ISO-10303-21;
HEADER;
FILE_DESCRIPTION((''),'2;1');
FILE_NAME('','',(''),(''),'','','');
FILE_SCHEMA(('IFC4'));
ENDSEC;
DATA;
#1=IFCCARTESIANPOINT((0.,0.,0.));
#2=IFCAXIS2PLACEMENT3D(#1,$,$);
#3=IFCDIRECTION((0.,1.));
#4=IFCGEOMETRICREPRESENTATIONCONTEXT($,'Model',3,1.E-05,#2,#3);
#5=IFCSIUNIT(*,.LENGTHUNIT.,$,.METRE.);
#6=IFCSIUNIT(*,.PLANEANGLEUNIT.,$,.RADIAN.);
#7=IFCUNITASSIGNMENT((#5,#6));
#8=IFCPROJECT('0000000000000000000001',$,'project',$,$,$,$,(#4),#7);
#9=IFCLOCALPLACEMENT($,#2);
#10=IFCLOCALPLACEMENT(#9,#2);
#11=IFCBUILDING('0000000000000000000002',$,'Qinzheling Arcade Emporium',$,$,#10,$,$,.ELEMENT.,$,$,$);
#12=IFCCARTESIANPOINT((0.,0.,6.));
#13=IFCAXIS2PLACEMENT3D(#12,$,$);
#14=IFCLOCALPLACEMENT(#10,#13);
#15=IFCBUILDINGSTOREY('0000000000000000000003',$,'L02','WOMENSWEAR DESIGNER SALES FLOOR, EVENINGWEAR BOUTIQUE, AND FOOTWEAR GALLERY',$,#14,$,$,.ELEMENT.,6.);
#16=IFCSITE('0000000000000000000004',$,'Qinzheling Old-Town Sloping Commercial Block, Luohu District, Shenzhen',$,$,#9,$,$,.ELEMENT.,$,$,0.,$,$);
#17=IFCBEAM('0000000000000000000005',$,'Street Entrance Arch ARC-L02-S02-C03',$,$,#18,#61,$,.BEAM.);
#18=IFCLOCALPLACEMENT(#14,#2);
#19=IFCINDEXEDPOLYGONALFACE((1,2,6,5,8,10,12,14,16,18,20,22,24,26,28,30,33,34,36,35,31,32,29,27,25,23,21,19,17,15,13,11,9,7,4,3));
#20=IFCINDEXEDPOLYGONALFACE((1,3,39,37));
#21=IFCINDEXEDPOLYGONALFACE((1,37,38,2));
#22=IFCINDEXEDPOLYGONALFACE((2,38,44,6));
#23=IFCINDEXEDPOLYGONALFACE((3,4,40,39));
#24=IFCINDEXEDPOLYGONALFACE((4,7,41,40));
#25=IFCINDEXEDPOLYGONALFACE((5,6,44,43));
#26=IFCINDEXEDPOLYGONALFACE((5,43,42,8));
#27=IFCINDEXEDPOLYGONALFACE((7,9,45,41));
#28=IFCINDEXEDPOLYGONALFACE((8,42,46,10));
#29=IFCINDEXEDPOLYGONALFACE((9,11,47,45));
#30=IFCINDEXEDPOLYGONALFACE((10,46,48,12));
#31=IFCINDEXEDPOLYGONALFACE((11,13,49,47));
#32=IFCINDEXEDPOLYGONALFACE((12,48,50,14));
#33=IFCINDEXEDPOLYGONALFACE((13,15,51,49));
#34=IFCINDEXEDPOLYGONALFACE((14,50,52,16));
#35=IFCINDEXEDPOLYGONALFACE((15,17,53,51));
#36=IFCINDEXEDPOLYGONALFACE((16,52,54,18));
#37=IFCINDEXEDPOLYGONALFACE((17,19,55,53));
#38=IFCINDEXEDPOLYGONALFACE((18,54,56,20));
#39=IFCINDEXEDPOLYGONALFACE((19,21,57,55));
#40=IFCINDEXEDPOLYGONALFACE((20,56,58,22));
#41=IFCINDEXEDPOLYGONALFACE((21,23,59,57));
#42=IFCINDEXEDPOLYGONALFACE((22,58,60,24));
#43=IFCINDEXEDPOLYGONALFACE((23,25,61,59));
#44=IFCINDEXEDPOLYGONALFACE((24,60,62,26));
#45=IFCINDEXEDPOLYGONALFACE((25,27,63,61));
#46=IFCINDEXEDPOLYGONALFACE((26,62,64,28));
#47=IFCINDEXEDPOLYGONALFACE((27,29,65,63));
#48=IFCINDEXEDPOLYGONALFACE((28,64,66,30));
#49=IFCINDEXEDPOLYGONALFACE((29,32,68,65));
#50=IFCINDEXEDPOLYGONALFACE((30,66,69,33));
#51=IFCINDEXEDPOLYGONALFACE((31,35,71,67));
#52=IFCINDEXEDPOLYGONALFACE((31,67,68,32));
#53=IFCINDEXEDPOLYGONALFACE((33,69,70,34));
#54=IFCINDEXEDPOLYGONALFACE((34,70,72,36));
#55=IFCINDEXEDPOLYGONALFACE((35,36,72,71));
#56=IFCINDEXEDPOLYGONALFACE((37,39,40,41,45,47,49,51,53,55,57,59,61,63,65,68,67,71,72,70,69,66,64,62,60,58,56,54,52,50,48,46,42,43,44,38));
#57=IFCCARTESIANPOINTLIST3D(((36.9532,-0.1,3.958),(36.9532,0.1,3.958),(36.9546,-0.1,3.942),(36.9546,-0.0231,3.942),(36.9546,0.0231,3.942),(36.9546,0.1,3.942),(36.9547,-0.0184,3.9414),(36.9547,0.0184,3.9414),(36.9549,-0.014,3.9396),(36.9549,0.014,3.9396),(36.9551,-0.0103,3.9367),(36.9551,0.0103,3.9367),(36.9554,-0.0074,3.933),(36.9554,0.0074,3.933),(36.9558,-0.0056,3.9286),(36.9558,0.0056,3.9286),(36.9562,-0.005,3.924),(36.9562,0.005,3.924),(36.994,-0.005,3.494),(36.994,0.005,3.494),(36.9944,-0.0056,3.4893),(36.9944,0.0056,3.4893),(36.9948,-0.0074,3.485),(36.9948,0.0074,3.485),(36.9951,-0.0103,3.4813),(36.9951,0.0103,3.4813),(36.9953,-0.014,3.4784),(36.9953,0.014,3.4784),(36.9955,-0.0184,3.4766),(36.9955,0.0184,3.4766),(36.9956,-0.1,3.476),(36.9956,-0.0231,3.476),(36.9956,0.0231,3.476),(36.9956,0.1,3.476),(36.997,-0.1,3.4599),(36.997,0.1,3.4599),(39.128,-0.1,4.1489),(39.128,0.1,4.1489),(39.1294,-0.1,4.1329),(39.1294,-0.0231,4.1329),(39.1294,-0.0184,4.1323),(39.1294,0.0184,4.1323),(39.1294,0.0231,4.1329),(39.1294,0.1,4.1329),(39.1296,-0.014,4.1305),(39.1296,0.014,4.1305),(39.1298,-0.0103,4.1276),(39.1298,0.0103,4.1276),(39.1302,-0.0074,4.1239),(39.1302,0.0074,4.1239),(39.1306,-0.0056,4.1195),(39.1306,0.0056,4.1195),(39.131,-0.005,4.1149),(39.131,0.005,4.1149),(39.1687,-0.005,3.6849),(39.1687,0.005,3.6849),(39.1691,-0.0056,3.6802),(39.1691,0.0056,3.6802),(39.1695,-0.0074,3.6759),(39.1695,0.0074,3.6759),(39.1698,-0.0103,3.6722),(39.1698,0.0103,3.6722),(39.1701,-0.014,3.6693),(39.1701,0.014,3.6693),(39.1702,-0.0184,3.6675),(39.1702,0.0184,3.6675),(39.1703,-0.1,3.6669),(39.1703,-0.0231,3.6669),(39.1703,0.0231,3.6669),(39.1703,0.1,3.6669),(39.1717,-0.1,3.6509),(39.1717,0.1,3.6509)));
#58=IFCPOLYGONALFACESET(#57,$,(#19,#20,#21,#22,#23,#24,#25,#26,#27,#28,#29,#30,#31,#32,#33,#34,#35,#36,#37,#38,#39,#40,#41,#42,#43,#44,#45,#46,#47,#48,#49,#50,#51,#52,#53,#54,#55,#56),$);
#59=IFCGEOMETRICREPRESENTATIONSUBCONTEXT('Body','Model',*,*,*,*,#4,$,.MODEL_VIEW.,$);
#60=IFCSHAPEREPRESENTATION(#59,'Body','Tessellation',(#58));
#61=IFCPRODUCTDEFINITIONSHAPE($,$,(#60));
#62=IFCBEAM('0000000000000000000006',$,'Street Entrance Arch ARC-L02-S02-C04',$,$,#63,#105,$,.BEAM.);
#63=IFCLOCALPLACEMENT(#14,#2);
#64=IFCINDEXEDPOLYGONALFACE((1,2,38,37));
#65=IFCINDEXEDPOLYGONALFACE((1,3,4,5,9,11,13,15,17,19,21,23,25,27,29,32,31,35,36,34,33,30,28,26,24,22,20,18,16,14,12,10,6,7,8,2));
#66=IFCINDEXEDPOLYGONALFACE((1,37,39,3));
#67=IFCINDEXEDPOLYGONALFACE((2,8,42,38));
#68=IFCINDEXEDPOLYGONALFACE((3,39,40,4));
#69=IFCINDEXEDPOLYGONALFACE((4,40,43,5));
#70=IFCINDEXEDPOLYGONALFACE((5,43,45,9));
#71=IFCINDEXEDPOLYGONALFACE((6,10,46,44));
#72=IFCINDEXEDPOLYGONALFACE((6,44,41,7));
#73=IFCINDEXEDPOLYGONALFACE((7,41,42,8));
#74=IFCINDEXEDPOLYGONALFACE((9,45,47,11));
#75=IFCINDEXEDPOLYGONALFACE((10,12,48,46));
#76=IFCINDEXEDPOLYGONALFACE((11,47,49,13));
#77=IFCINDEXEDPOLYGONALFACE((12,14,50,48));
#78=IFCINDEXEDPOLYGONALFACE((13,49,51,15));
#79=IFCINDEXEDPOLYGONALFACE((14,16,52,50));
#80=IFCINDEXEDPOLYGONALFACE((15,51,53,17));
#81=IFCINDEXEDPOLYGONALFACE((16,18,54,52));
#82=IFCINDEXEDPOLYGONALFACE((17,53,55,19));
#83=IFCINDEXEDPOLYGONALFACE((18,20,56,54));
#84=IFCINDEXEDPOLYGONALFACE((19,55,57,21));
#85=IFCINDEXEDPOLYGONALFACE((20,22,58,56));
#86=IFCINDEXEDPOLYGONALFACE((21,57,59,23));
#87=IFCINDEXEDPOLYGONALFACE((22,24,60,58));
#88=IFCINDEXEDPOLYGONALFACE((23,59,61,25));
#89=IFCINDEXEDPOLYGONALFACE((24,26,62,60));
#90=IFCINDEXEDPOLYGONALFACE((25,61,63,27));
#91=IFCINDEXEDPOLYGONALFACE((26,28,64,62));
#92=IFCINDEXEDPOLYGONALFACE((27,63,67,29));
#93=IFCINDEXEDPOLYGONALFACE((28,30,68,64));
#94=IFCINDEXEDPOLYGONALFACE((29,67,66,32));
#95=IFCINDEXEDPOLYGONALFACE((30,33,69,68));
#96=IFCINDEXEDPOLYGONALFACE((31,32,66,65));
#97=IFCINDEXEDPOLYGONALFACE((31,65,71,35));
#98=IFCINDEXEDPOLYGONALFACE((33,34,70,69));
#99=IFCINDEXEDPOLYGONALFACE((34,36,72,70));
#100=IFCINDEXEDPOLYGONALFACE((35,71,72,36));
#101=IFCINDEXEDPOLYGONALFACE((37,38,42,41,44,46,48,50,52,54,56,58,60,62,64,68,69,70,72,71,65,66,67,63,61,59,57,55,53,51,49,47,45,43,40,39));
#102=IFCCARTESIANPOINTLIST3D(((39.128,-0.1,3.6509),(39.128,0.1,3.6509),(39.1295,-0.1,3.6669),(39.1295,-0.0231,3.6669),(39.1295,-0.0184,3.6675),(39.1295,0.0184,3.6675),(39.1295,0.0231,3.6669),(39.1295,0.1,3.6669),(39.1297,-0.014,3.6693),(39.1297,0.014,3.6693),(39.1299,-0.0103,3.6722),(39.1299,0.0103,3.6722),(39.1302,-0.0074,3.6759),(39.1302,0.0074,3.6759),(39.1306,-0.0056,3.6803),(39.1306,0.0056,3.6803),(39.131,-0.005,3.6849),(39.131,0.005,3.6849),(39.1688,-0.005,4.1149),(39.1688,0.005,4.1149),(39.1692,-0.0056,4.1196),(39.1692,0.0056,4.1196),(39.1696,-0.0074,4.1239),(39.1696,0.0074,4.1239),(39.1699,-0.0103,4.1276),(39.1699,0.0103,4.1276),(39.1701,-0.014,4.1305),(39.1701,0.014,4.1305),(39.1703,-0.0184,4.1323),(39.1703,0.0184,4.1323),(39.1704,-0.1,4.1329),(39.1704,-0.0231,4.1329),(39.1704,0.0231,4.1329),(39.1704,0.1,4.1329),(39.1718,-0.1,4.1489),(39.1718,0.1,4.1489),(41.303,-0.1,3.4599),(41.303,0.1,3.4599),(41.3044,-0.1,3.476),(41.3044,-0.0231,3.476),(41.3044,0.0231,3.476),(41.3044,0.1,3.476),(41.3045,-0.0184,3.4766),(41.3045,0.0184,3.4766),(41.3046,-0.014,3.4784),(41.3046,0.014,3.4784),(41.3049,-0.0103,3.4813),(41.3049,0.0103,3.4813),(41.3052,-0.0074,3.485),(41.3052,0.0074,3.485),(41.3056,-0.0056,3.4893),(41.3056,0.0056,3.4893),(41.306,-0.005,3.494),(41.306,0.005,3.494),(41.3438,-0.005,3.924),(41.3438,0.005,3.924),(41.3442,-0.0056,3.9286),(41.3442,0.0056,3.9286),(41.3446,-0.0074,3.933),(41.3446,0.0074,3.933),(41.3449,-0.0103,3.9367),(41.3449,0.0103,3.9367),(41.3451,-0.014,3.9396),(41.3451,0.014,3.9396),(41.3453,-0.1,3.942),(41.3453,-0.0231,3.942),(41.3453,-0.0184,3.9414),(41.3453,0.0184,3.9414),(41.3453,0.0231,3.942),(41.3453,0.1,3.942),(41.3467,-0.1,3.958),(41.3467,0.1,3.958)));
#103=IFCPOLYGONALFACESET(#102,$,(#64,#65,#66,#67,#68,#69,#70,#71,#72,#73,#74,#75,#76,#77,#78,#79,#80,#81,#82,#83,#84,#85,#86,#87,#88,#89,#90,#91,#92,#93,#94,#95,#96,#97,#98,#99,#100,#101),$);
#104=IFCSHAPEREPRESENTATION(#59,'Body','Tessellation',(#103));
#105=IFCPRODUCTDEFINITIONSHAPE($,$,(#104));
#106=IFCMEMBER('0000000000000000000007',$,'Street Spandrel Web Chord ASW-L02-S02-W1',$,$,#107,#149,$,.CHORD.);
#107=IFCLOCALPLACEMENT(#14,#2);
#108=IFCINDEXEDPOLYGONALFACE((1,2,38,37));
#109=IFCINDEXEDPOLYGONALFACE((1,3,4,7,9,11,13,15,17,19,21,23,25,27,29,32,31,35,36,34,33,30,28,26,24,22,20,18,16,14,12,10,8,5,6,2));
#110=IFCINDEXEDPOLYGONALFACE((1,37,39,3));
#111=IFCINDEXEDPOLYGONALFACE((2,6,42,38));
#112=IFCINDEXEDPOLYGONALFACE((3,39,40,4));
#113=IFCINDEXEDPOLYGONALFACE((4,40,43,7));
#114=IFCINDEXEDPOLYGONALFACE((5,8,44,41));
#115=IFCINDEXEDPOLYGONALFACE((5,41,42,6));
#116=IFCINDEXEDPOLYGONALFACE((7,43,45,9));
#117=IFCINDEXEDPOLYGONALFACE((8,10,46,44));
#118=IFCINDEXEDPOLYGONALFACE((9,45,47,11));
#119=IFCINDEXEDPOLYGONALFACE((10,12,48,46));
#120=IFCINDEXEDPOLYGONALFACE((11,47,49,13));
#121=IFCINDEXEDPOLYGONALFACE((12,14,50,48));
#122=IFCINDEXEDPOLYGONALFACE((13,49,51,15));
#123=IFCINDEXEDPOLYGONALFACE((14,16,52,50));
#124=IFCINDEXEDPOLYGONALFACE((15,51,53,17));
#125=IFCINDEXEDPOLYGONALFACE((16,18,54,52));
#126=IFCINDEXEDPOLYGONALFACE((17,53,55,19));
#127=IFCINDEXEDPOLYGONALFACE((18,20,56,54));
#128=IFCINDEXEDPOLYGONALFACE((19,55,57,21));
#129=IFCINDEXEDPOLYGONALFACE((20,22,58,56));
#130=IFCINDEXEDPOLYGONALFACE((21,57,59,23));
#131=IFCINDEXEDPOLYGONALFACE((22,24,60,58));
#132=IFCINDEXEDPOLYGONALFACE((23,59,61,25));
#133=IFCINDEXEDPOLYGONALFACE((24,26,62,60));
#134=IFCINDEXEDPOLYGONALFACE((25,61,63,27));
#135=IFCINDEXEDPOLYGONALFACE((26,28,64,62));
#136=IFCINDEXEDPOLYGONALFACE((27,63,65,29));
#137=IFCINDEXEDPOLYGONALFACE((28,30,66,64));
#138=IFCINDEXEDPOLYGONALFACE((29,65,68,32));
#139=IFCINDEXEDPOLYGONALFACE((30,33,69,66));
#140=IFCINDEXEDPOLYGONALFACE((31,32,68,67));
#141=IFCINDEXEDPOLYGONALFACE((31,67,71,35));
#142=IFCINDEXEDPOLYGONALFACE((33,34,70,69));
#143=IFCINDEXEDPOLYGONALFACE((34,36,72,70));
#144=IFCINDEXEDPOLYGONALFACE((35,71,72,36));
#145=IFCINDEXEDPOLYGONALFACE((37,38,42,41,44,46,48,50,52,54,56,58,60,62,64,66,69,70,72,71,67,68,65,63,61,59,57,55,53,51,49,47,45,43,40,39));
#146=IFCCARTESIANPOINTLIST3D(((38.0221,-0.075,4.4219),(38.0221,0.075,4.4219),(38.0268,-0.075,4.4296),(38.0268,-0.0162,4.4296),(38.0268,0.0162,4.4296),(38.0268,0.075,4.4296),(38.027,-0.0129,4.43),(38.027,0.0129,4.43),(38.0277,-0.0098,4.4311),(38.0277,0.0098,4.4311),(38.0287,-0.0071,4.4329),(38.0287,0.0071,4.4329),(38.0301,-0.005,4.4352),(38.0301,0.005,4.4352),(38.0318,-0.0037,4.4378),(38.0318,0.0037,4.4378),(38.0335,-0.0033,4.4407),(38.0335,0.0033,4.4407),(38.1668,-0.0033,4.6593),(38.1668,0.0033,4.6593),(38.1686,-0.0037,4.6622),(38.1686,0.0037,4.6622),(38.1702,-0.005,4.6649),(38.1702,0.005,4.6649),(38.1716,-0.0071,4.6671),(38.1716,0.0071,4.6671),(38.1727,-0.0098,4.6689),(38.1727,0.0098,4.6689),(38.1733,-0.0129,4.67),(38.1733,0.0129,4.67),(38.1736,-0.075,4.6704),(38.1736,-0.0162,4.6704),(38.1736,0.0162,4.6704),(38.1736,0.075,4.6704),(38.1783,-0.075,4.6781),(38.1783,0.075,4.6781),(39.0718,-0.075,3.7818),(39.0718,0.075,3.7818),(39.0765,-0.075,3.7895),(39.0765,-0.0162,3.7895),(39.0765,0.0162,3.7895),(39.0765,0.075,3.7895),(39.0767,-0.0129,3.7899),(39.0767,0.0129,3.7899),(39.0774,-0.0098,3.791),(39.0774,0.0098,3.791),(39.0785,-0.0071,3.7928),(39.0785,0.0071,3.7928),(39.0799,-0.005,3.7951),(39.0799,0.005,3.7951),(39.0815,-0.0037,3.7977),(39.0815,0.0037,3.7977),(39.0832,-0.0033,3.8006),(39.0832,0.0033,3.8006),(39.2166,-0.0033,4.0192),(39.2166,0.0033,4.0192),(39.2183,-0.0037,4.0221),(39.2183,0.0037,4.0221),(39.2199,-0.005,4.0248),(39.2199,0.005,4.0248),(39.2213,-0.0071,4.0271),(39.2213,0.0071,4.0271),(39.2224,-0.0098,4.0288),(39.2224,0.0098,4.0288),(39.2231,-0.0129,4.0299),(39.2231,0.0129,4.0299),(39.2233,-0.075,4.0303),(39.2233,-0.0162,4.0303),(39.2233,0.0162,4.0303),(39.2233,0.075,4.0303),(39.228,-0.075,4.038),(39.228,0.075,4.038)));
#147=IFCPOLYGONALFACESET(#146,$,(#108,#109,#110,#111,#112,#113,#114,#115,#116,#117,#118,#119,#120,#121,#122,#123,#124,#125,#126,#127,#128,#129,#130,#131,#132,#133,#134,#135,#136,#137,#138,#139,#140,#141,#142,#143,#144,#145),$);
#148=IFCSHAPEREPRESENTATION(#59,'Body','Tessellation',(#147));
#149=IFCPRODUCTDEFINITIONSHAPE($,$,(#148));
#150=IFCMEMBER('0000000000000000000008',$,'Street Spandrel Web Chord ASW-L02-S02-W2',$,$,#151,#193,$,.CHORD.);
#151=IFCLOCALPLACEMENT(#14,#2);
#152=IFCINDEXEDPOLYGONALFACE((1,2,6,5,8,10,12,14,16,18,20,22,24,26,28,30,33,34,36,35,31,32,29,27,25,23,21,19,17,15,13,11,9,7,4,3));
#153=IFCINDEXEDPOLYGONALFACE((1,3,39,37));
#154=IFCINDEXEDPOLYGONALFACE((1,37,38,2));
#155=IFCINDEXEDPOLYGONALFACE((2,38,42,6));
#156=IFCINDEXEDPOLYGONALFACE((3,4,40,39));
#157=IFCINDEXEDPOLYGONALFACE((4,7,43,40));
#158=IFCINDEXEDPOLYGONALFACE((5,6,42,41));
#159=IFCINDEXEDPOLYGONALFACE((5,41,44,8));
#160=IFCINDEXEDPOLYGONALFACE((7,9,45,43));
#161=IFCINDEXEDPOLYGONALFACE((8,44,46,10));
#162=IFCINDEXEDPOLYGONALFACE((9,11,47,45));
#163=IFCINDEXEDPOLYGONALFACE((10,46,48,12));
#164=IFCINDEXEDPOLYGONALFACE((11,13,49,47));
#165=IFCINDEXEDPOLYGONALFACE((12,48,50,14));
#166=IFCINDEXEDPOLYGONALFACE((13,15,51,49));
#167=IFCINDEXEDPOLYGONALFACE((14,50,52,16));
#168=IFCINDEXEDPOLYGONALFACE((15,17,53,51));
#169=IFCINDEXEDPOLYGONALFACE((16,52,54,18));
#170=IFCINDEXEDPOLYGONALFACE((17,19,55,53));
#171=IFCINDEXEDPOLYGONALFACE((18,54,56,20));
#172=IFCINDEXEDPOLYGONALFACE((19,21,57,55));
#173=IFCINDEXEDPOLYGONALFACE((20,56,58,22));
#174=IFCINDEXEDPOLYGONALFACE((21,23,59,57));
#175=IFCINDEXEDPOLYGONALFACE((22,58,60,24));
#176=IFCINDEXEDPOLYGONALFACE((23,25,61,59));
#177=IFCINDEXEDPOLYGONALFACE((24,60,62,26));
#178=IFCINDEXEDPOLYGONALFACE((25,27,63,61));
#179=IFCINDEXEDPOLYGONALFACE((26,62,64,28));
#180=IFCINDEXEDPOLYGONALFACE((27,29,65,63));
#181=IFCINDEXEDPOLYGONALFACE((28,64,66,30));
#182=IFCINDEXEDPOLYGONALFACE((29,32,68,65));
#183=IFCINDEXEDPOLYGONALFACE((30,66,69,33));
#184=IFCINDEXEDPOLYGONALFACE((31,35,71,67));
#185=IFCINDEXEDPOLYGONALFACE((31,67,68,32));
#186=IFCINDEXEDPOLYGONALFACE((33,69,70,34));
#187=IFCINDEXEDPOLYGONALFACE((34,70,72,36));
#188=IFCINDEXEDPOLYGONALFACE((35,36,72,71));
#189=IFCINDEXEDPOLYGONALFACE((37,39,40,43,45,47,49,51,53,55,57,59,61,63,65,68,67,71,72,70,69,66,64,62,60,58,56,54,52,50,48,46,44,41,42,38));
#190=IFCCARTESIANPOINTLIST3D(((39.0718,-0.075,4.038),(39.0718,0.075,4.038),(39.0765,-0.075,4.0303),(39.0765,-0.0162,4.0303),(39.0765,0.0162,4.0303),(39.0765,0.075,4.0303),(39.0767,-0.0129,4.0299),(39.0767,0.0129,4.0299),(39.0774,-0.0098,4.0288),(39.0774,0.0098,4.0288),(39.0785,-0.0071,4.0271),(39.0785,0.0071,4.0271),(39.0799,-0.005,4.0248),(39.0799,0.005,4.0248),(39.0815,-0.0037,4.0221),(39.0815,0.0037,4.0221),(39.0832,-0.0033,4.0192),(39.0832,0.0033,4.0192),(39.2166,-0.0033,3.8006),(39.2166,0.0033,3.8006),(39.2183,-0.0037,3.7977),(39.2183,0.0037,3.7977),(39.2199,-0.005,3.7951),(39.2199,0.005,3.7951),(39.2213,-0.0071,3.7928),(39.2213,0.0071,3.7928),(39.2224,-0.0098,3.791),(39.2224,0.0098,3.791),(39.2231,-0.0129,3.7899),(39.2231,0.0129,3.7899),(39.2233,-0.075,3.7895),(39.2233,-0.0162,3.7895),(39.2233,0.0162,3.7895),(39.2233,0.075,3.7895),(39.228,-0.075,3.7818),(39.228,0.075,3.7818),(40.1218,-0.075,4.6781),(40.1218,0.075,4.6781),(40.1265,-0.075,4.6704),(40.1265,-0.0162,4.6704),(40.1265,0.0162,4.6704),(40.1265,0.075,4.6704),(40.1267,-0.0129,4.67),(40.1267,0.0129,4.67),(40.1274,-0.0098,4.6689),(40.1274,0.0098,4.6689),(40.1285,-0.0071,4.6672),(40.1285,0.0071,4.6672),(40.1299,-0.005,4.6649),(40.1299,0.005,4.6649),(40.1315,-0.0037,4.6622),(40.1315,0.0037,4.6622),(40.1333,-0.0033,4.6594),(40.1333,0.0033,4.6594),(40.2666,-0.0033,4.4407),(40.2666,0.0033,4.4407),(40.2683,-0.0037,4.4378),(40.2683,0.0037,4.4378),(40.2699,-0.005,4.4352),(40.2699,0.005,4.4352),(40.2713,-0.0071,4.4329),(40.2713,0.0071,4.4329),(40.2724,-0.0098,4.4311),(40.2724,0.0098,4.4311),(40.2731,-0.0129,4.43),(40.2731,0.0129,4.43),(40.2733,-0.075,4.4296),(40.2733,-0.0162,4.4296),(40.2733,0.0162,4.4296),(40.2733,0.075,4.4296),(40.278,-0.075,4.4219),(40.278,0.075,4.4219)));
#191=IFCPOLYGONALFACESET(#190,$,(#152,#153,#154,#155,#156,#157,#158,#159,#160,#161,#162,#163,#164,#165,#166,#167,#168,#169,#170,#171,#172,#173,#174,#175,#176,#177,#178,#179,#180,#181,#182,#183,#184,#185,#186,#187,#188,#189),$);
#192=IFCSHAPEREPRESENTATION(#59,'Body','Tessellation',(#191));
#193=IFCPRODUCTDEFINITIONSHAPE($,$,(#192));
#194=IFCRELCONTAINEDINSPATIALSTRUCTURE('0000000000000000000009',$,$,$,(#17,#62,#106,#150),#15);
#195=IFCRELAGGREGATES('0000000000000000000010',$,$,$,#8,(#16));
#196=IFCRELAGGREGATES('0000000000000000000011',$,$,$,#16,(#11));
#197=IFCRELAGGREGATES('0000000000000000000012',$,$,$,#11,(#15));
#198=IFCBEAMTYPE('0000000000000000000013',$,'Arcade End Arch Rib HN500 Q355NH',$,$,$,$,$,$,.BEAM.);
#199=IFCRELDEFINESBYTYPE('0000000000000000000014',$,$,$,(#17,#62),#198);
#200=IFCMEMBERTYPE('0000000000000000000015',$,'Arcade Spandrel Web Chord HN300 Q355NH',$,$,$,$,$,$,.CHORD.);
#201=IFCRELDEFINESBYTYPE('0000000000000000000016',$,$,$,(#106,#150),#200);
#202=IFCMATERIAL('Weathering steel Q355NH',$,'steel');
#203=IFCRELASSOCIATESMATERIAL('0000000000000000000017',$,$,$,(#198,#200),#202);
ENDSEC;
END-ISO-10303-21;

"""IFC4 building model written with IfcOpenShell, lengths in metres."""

from ifc_helpers import new_model, si_unit, direction, frame, origin, origin_2d, place, context, subcontext, project, spatial, i_section, extrude, material, material_profile, profile_set, type_object, element, save


model = new_model("IFC4")

# Units and contexts
model_context = context("Model", 3, precision=1e-05, world=origin(), true_north=direction((0.0, 1.0)))
body_context = subcontext(model_context, "Body", "Model", "MODEL_VIEW")
ifc_project = project(units=[si_unit("LENGTHUNIT", "METRE"), si_unit("PLANEANGLEUNIT", "RADIAN")], contexts=[model_context])

# Site, building, storey
site_placement = place(None, origin())
site = spatial("IfcSite", under=ifc_project, at=site_placement, Name="Qinzheling Old-Town Sloping Commercial Block, Luohu District, Shenzhen", CompositionType="ELEMENT", RefElevation=0.0)
building_placement = place(site_placement, origin())
building = spatial("IfcBuilding", under=site, at=building_placement, Name="Qinzheling Arcade Emporium", CompositionType="ELEMENT")
storey_placement = place(building_placement, frame((0.0, 0.0, 6.0)))
storey = spatial("IfcBuildingStorey", under=building, at=storey_placement, Name="L02", Description="WOMENSWEAR DESIGNER SALES FLOOR, EVENINGWEAR BOUTIQUE, AND FOOTWEAR GALLERY", CompositionType="ELEMENT", Elevation=6.0)

# Beams
ifc_material_1 = material(Name="Weathering steel Q355NH", Category="steel")
ifc_material_profile_1 = material_profile(ifc_material_1, i_section(OverallWidth=0.2, OverallDepth=0.5, WebThickness=0.01, FlangeThickness=0.0161, FilletRadius=0.0181, at=origin_2d()), Name="HN 500x200x10x16", Category="steel")
ifc_profile_set_1 = profile_set([ifc_material_profile_1], Name="Weathering steel Q355NH")
beam_type = type_object("IfcBeamType", Name="Arcade End Arch Rib HN500 Q355NH", PredefinedType="BEAM", material=ifc_profile_set_1)
beam_1_placement = place(storey_placement, frame((36.9751, 0.0, 3.709), z_axis=(0.996169, 0.0, 0.08745), x_axis=(0.0, 1.0, 0.0)))
element("IfcBeam", 1, at=beam_1_placement, inside=storey, type_object=beam_type, Name="Street Entrance Arch ARC-L02-S02-C03", PredefinedType="BEAM", context=body_context, shape_type="SweptSolid", body=[
    extrude(i_section(OverallWidth=0.2, OverallDepth=0.5, WebThickness=0.01, FlangeThickness=0.0161, FilletRadius=0.0181, at=origin_2d()), origin(), (0.0, 0.0, 1.0), 2.1831),
])
beam_2_placement = place(storey_placement, frame((39.1499, 0.0, 3.8999), z_axis=(0.99617, 0.0, -0.08744), x_axis=(0.0, 1.0, 0.0)))
element("IfcBeam", 2, at=beam_2_placement, inside=storey, type_object=beam_type, Name="Street Entrance Arch ARC-L02-S02-C04", PredefinedType="BEAM", context=body_context, shape_type="SweptSolid", body=[
    extrude(i_section(OverallWidth=0.2, OverallDepth=0.5, WebThickness=0.01, FlangeThickness=0.0161, FilletRadius=0.0181, at=origin_2d()), origin(), (0.0, 0.0, 1.0), 2.1833),
])

# Members
ifc_material_profile_2 = material_profile(ifc_material_1, i_section(OverallWidth=0.1499, OverallDepth=0.3, WebThickness=0.0066, FlangeThickness=0.009, FilletRadius=0.0129, at=origin_2d()), Name="HN 300x150x6.5x9", Category="steel")
ifc_profile_set_2 = profile_set([ifc_material_profile_2], Name="Weathering steel Q355NH")
member_type_1 = type_object("IfcMemberType", Name="Arcade Spandrel Web Chord HN300 Q355NH", PredefinedType="CHORD", material=ifc_profile_set_2)
member_1_placement = place(storey_placement, frame((39.1499, 0.0, 3.9099), z_axis=(-0.853792, 0.0, 0.520614), x_axis=(0.0, -1.0, 0.0)))
element("IfcMember", 3, at=member_1_placement, inside=storey, type_object=member_type_1, Name="Street Spandrel Web Chord ASW-L02-S02-W1", PredefinedType="CHORD", context=body_context, shape_type="SweptSolid", body=[
    extrude(i_section(OverallWidth=0.1499, OverallDepth=0.3, WebThickness=0.0066, FlangeThickness=0.009, FilletRadius=0.0129, at=origin_2d()), origin(), (0.0, 0.0, 1.0), 1.2295),
])
member_2_placement = place(storey_placement, frame((39.1499, 0.0, 3.9099), z_axis=(0.853846, 0.0, 0.520526), x_axis=(0.0, 1.0, 0.0)))
element("IfcMember", 4, at=member_2_placement, inside=storey, type_object=member_type_1, Name="Street Spandrel Web Chord ASW-L02-S02-W2", PredefinedType="CHORD", context=body_context, shape_type="SweptSolid", body=[
    extrude(i_section(OverallWidth=0.1499, OverallDepth=0.3, WebThickness=0.0066, FlangeThickness=0.009, FilletRadius=0.0129, at=origin_2d()), origin(), (0.0, 0.0, 1.0), 1.2297),
])

save(model, "model.ifc")
